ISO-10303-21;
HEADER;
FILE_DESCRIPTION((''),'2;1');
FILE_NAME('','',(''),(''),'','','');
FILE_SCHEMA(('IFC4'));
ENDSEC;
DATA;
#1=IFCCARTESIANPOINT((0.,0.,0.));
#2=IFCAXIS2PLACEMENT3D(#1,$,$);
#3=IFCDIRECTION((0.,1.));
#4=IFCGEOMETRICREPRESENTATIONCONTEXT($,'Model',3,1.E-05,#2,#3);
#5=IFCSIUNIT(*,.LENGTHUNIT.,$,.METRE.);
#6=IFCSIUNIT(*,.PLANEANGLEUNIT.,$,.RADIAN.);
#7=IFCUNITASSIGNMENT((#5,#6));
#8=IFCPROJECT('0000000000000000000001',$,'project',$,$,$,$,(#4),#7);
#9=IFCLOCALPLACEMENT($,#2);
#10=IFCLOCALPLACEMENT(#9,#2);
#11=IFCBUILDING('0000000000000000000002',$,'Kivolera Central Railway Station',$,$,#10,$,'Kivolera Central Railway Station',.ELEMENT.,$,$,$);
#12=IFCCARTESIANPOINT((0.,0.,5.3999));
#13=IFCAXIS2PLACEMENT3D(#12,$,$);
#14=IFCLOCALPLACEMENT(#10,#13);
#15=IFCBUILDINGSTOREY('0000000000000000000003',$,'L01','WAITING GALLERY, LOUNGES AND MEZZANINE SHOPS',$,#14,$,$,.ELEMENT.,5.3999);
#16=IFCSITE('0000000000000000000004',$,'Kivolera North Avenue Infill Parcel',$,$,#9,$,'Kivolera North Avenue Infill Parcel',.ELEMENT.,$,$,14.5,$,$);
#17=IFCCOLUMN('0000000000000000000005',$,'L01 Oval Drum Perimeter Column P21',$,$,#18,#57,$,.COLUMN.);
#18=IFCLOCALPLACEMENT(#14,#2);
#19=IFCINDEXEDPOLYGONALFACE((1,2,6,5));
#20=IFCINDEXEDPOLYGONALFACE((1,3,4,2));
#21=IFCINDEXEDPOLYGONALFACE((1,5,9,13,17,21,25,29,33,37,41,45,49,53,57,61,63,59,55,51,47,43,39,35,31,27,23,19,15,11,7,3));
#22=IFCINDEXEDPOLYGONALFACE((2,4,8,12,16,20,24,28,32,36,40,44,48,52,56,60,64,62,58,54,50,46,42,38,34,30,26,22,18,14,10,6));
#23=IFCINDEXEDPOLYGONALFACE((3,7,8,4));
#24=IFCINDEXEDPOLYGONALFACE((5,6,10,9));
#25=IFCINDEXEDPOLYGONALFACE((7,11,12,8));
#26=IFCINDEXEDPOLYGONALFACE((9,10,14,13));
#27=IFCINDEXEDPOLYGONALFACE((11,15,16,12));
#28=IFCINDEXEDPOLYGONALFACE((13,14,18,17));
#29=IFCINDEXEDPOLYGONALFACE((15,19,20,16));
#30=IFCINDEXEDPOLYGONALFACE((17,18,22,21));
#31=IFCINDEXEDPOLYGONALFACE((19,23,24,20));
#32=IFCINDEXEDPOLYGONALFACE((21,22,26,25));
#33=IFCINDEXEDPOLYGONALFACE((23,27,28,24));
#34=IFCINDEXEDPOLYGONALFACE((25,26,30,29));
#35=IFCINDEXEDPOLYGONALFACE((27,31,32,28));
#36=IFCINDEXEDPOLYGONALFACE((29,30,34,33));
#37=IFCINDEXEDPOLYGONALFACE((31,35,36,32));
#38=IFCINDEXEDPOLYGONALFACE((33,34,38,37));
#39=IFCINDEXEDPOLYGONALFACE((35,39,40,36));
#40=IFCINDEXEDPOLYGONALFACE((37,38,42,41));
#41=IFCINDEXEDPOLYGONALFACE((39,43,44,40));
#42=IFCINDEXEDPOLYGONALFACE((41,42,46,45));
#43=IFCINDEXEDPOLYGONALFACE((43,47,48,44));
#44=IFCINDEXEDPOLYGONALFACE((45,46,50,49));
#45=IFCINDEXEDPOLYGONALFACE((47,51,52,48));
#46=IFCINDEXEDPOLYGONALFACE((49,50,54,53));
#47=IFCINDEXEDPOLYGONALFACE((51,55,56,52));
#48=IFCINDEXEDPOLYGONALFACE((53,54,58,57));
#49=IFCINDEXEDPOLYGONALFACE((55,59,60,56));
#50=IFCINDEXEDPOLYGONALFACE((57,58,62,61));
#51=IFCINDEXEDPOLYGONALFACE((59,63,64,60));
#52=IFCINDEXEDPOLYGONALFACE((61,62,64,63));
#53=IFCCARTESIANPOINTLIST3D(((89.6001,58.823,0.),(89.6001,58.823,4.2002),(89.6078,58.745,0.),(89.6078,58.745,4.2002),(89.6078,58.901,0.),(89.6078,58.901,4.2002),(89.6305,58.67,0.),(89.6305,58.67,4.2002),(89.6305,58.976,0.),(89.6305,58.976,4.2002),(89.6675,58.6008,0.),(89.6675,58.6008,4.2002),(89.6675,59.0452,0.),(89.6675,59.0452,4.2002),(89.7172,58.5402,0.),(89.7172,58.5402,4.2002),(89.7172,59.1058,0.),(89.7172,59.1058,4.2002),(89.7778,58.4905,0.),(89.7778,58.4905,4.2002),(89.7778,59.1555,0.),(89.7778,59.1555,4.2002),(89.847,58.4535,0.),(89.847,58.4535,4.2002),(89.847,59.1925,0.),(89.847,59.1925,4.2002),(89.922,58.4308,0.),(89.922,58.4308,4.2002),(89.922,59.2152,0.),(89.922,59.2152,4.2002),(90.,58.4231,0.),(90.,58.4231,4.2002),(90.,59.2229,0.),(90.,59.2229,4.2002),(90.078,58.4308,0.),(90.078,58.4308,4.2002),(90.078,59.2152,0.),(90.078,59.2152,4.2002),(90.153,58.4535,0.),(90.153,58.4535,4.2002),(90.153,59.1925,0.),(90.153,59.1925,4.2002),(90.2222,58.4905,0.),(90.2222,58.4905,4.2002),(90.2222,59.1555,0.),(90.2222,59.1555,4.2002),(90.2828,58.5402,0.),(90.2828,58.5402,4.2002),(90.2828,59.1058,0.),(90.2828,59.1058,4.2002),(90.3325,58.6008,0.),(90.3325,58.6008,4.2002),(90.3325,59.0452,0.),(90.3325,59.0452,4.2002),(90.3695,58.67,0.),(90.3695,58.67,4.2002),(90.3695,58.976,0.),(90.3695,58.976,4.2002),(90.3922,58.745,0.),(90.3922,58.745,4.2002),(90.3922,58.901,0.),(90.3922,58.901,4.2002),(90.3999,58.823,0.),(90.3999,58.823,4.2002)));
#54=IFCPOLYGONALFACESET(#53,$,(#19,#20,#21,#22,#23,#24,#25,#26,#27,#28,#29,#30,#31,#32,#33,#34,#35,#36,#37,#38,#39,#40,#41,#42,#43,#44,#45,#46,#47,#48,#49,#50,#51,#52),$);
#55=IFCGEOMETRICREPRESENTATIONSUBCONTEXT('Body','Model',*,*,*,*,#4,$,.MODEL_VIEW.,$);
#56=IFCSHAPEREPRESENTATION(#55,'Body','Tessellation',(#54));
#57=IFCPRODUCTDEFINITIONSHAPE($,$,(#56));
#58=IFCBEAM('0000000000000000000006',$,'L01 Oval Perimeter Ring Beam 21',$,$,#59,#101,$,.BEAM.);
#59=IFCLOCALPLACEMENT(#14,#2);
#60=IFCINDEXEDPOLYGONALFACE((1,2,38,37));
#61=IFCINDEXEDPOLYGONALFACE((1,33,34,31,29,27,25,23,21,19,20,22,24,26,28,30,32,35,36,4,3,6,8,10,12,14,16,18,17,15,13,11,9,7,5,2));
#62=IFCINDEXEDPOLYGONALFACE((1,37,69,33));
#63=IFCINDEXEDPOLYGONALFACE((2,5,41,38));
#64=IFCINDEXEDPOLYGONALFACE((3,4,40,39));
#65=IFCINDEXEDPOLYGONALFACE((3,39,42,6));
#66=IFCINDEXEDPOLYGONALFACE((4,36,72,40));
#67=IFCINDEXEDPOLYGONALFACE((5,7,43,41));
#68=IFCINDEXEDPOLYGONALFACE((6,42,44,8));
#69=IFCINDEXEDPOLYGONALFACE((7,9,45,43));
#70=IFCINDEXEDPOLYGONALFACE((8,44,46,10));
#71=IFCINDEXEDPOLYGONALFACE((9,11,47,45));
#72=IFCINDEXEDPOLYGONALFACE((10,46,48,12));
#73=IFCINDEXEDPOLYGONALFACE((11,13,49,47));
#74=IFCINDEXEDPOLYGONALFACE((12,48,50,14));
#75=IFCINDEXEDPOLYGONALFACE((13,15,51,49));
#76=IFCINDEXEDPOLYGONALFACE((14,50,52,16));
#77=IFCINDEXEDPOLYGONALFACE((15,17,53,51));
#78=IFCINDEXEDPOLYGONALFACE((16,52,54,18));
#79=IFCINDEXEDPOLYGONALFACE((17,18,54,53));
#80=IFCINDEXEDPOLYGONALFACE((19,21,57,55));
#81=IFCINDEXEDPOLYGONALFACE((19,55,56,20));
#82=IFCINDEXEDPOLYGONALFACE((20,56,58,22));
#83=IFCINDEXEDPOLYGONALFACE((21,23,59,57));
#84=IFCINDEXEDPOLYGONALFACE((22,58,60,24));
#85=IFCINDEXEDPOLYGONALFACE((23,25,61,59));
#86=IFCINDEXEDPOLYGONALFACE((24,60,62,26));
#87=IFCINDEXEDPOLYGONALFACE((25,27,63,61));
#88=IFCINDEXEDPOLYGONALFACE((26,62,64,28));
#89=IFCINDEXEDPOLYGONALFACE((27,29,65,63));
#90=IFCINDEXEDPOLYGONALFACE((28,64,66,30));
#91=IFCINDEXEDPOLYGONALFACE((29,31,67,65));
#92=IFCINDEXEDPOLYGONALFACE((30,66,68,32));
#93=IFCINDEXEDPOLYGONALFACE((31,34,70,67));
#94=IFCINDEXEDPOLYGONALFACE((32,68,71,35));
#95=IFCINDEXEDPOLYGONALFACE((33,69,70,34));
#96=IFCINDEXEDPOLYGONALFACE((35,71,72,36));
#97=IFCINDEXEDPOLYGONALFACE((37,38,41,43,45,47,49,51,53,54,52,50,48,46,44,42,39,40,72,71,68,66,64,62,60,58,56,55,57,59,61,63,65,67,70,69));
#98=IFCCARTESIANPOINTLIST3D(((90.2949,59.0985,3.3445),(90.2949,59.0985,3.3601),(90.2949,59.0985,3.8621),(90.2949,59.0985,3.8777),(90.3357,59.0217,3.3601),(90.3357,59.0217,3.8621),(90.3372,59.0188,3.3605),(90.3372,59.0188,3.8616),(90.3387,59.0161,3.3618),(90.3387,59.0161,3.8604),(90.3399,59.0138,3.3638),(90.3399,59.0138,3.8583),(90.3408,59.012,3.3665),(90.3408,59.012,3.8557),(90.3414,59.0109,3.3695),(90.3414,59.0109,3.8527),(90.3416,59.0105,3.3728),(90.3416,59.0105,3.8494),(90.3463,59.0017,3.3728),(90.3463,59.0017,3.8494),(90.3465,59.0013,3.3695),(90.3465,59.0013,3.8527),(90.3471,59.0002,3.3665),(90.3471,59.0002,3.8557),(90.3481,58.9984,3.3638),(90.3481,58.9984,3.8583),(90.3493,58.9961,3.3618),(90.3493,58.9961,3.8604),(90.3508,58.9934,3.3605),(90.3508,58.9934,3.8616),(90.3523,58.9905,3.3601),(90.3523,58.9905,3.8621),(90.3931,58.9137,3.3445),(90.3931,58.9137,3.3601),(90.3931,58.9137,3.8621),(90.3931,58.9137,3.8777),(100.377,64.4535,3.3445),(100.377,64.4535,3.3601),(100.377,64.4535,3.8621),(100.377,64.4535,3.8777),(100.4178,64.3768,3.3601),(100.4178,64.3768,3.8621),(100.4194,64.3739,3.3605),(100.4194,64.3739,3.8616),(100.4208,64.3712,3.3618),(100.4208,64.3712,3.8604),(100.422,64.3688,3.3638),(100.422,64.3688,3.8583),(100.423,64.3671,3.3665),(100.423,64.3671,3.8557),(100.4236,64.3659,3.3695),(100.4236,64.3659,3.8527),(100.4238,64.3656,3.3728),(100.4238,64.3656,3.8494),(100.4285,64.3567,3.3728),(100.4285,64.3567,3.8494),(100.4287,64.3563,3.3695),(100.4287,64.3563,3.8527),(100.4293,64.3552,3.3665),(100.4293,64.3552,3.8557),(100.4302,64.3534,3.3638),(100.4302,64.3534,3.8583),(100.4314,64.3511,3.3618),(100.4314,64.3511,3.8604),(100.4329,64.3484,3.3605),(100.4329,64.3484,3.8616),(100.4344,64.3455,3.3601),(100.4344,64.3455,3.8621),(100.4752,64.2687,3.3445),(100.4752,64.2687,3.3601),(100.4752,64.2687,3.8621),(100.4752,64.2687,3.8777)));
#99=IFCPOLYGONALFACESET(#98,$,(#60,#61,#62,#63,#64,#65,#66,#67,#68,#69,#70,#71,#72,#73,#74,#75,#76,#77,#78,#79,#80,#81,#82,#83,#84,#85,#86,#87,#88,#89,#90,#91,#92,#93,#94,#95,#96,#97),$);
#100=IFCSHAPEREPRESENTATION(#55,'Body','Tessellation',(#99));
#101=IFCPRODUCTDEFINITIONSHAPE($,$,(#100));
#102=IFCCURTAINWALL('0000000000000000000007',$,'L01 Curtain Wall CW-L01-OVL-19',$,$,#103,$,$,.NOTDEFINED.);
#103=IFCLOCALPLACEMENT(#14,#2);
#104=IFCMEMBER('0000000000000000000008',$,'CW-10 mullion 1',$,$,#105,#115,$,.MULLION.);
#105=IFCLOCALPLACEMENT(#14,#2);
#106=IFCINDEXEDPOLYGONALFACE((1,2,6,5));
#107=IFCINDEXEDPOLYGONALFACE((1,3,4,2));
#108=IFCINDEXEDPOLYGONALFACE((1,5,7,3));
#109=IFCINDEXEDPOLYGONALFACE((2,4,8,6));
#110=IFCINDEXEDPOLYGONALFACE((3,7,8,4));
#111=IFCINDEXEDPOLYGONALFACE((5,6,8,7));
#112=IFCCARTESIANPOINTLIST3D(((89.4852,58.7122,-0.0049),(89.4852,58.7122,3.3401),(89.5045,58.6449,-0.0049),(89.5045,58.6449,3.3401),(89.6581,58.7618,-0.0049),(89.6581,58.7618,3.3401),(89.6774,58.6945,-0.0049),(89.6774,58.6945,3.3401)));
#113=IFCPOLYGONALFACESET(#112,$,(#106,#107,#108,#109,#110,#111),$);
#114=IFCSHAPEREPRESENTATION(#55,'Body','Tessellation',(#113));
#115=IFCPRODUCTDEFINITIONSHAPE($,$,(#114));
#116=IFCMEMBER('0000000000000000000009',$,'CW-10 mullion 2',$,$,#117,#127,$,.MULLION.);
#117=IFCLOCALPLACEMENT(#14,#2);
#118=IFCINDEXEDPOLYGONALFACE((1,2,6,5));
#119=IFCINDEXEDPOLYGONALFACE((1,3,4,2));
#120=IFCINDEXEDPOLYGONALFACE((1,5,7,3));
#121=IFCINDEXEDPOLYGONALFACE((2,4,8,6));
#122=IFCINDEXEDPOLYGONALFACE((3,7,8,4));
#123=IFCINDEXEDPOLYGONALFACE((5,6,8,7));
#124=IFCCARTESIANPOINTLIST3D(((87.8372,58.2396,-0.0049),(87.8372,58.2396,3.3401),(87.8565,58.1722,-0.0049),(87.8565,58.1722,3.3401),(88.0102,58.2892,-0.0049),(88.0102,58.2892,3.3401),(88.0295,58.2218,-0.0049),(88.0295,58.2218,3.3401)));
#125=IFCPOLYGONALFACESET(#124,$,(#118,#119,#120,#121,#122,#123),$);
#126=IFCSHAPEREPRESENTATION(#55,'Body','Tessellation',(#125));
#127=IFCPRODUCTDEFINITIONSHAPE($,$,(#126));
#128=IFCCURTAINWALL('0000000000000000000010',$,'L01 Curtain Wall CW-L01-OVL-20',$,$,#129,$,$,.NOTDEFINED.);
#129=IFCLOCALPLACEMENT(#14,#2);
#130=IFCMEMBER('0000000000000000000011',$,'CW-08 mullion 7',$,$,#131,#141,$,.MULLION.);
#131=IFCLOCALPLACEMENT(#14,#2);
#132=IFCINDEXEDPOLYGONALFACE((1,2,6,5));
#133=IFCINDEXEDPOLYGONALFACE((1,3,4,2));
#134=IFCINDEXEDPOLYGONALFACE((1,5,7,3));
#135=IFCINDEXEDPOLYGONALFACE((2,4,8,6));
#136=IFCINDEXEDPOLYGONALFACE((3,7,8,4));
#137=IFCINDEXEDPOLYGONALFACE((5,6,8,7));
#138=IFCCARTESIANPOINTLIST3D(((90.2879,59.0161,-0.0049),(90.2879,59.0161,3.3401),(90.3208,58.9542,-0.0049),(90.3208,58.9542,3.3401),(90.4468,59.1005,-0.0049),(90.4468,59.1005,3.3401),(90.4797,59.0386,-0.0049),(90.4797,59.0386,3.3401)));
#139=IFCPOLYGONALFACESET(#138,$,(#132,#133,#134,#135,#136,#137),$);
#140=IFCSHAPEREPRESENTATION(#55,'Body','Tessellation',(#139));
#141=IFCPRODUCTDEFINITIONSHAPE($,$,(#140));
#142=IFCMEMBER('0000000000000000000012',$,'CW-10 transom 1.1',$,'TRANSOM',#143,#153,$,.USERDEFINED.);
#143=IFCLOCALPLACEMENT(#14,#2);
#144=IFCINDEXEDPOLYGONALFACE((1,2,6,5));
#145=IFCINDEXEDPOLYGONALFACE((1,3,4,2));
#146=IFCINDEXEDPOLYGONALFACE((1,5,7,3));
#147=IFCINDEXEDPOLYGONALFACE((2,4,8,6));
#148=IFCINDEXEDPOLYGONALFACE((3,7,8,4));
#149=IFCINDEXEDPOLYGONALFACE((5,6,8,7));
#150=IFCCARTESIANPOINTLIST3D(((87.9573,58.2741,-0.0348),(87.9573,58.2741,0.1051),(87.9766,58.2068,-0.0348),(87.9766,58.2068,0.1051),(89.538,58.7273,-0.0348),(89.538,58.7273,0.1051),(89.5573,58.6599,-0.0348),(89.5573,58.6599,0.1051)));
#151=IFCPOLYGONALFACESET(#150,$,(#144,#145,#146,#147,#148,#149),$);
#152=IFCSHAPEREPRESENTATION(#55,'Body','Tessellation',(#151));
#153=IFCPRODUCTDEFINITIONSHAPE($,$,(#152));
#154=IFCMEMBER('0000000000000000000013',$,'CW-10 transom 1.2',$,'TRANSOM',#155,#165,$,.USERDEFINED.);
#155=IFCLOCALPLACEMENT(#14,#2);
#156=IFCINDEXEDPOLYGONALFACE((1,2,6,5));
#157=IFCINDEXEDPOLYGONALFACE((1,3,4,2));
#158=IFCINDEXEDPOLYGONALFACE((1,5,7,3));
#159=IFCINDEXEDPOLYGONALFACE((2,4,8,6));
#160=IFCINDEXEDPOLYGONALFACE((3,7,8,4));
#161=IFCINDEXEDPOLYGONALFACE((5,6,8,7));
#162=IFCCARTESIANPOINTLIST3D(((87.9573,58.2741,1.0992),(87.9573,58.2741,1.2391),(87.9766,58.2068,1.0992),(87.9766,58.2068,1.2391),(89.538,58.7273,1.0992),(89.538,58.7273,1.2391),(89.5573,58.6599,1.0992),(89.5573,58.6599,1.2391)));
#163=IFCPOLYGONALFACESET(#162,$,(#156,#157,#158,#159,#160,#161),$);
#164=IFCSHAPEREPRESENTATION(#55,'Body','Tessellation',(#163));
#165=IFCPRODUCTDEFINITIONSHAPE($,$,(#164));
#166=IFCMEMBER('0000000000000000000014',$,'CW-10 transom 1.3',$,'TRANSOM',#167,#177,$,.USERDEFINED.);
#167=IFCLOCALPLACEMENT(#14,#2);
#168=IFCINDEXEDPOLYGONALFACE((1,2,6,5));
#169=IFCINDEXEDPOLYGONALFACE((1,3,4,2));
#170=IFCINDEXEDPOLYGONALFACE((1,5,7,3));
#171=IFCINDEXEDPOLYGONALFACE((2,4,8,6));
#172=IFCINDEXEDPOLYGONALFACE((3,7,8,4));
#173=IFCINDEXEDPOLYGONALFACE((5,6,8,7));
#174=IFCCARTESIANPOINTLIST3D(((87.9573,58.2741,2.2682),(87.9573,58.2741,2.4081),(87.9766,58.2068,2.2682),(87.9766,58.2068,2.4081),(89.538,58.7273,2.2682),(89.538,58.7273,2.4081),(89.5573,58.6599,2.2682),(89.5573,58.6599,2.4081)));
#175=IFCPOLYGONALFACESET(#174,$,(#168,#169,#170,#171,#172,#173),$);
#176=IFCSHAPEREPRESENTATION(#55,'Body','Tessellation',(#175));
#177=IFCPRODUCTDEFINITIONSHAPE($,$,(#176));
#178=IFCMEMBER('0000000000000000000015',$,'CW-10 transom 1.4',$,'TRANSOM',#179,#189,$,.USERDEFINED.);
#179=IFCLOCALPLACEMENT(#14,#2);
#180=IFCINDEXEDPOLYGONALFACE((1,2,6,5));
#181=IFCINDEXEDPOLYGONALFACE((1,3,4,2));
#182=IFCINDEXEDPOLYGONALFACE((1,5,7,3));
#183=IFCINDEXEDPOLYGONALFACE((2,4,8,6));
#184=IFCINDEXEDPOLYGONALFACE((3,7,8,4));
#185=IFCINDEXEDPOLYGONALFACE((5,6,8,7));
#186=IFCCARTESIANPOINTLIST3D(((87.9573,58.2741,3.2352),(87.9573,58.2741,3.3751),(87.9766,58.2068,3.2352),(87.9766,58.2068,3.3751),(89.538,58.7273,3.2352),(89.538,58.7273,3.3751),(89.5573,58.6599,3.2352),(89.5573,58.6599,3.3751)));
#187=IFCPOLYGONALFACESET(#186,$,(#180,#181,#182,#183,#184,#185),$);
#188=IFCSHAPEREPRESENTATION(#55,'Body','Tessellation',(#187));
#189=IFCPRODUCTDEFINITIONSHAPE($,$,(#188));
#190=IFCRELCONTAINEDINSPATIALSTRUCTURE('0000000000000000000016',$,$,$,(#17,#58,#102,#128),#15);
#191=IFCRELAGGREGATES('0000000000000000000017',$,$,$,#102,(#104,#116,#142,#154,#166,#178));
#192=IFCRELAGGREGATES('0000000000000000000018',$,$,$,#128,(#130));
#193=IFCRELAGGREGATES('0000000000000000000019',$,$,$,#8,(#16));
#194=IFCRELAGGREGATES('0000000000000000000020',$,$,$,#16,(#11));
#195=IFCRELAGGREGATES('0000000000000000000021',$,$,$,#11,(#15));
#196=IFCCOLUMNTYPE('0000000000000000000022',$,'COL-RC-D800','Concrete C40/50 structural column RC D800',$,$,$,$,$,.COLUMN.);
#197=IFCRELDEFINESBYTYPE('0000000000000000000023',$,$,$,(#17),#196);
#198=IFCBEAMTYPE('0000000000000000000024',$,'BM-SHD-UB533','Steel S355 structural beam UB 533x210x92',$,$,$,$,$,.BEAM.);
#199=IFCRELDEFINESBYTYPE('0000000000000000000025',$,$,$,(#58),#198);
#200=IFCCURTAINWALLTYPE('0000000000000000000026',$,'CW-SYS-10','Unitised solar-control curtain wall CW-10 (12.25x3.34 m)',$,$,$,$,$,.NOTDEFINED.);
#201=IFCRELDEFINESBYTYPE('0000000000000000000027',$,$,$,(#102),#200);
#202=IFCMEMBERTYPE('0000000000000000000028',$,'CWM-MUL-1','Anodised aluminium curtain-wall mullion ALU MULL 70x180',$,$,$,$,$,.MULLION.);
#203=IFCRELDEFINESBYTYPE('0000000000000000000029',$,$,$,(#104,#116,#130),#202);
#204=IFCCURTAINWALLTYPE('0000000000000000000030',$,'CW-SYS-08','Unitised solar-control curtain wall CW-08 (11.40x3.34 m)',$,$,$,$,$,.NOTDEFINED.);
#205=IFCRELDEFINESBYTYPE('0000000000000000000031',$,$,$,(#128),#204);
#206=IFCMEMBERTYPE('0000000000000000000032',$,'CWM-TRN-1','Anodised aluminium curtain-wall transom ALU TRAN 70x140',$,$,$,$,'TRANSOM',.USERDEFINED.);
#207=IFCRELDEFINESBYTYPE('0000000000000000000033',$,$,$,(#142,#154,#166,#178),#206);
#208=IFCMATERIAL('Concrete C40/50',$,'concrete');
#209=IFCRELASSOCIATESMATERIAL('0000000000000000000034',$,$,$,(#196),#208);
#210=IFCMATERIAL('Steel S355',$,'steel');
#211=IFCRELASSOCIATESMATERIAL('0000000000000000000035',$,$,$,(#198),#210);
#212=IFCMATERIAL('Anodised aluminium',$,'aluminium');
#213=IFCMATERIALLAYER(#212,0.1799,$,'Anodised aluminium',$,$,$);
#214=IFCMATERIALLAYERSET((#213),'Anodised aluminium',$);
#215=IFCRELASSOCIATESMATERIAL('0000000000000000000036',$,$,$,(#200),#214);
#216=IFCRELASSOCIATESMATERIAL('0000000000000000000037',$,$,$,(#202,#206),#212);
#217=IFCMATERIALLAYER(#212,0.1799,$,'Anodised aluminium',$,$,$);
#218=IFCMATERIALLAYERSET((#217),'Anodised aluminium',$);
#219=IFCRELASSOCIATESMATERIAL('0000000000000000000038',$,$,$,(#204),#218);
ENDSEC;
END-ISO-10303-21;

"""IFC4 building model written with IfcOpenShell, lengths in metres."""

from ifc_helpers import new_model, si_unit, direction, frame, origin, origin_2d, place, context, subcontext, project, spatial, rectangle, circle, i_section, extrude, material, layer, layer_set, material_profile, profile_set, type_object, element, aggregate, save


model = new_model("IFC4")

# Units and contexts
model_context = context("Model", 3, precision=1e-05, world=origin(), true_north=direction((0.0, 1.0)))
body_context = subcontext(model_context, "Body", "Model", "MODEL_VIEW")
ifc_project = project(units=[si_unit("LENGTHUNIT", "METRE"), si_unit("PLANEANGLEUNIT", "RADIAN")], contexts=[model_context])

# Site, building, storey
site_placement = place(None, origin())
site = spatial("IfcSite", under=ifc_project, at=site_placement, Name="Kivolera North Avenue Infill Parcel", LongName="Kivolera North Avenue Infill Parcel", CompositionType="ELEMENT", RefElevation=14.5)
building_placement = place(site_placement, origin())
building = spatial("IfcBuilding", under=site, at=building_placement, Name="Kivolera Central Railway Station", LongName="Kivolera Central Railway Station", CompositionType="ELEMENT")
storey_placement = place(building_placement, frame((0.0, 0.0, 5.3999)))
storey = spatial("IfcBuildingStorey", under=building, at=storey_placement, Name="L01", Description="WAITING GALLERY, LOUNGES AND MEZZANINE SHOPS", CompositionType="ELEMENT", Elevation=5.3999)

# Column
ifc_material_1 = material(Name="Concrete C40/50", Category="concrete")
ifc_material_profile_1 = material_profile(ifc_material_1, circle(Radius=0.3999, at=origin_2d()), Name="RC D800")
ifc_profile_set_1 = profile_set([ifc_material_profile_1], Name="Concrete C40/50")
column_type = type_object("IfcColumnType", Name="COL-RC-D800", Description="Concrete C40/50 structural column RC D800", PredefinedType="COLUMN", material=ifc_profile_set_1)
column_placement = place(storey_placement, frame((90.0, 58.823, 0.0), z_axis=(0.0, 0.0, 1.0), x_axis=(1.0, 0.0, 0.0)))
element("IfcColumn", 1, at=column_placement, inside=storey, type_object=column_type, Name="L01 Oval Drum Perimeter Column P21", PredefinedType="COLUMN", context=body_context, shape_type="SweptSolid", body=[
    extrude(circle(Radius=0.3999, at=origin_2d()), origin(), (0.0, 0.0, 1.0), 4.2002),
])

# Beam
ifc_material_2 = material(Name="Steel S355", Category="steel")
ifc_material_profile_2 = material_profile(ifc_material_2, i_section(OverallWidth=0.2092, OverallDepth=0.5332, WebThickness=0.01, FlangeThickness=0.0156, FilletRadius=0.0127, at=origin_2d()), Name="UB 533x210x92")
ifc_profile_set_2 = profile_set([ifc_material_profile_2], Name="Steel S355")
beam_type = type_object("IfcBeamType", Name="BM-SHD-UB533", Description="Steel S355 structural beam UB 533x210x92", PredefinedType="BEAM", material=ifc_profile_set_2)
beam_placement = place(storey_placement, frame((90.344, 59.0061, 3.6111), z_axis=(0.883156, 0.46908, 0.0), x_axis=(-0.46908, 0.883156, 0.0)))
element("IfcBeam", 2, at=beam_placement, inside=storey, type_object=beam_type, Name="L01 Oval Perimeter Ring Beam 21", PredefinedType="BEAM", context=body_context, shape_type="SweptSolid", body=[
    extrude(i_section(OverallWidth=0.2092, OverallDepth=0.5332, WebThickness=0.01, FlangeThickness=0.0156, FilletRadius=0.0127, at=origin_2d()), origin(), (0.0, 0.0, 1.0), 11.416),
])

# Curtain wall, members
ifc_material_3 = material(Name="Anodised aluminium", Category="aluminium")
ifc_layer_1 = layer(ifc_material_3, 0.1799, Name="Anodised aluminium")
ifc_layer_set_1 = layer_set([ifc_layer_1], Name="Anodised aluminium")
curtain_wall_type_1 = type_object("IfcCurtainWallType", Name="CW-SYS-10", Description="Unitised solar-control curtain wall CW-10 (12.25x3.34 m)", PredefinedType="NOTDEFINED", material=ifc_layer_set_1)
curtain_wall_1_placement = place(storey_placement, origin())
curtain_wall_1 = element("IfcCurtainWall", 3, at=curtain_wall_1_placement, inside=storey, type_object=curtain_wall_type_1, Name="L01 Curtain Wall CW-L01-OVL-19", PredefinedType="NOTDEFINED")
ifc_material_profile_3 = material_profile(ifc_material_3, rectangle(XDim=0.0701, YDim=0.1799, at=origin_2d()), Name="ALU MULL 70x180")
ifc_profile_set_3 = profile_set([ifc_material_profile_3], Name="Anodised aluminium")
member_type_1 = type_object("IfcMemberType", Name="CWM-MUL-1", Description="Anodised aluminium curtain-wall mullion ALU MULL 70x180", PredefinedType="MULLION", material=ifc_profile_set_3)
member_1_placement = place(storey_placement, frame((89.5813, 58.7034, -0.0049), z_axis=(0.0, 0.0, 1.0), x_axis=(0.275692, -0.961246, 0.0)))
member_1 = element("IfcMember", 4, at=member_1_placement, type_object=member_type_1, Name="CW-10 mullion 1", PredefinedType="MULLION", context=body_context, shape_type="SweptSolid", body=[
    extrude(rectangle(XDim=0.0701, YDim=0.1799, at=origin_2d()), origin(), (0.0, 0.0, 1.0), 3.345),
])
member_2_placement = place(storey_placement, frame((87.9333, 58.2307, -0.0049), z_axis=(0.0, 0.0, 1.0), x_axis=(0.275692, -0.961246, 0.0)))
member_2 = element("IfcMember", 5, at=member_2_placement, type_object=member_type_1, Name="CW-10 mullion 2", PredefinedType="MULLION", context=body_context, shape_type="SweptSolid", body=[
    extrude(rectangle(XDim=0.0701, YDim=0.1799, at=origin_2d()), origin(), (0.0, 0.0, 1.0), 3.345),
])

# Curtain wall, member
ifc_layer_2 = layer(ifc_material_3, 0.1799, Name="Anodised aluminium")
ifc_layer_set_2 = layer_set([ifc_layer_2], Name="Anodised aluminium")
curtain_wall_type_2 = type_object("IfcCurtainWallType", Name="CW-SYS-08", Description="Unitised solar-control curtain wall CW-08 (11.40x3.34 m)", PredefinedType="NOTDEFINED", material=ifc_layer_set_2)
curtain_wall_2_placement = place(storey_placement, origin())
curtain_wall_2 = element("IfcCurtainWall", 6, at=curtain_wall_2_placement, inside=storey, type_object=curtain_wall_type_2, Name="L01 Curtain Wall CW-L01-OVL-20", PredefinedType="NOTDEFINED")
member_3_placement = place(storey_placement, frame((90.3838, 59.0273, -0.0049), z_axis=(0.0, 0.0, 1.0), x_axis=(0.469053, -0.88317, 0.0)))
member_3 = element("IfcMember", 7, at=member_3_placement, type_object=member_type_1, Name="CW-08 mullion 7", PredefinedType="MULLION", context=body_context, shape_type="SweptSolid", body=[
    extrude(rectangle(XDim=0.0701, YDim=0.1799, at=origin_2d()), origin(), (0.0, 0.0, 1.0), 3.345),
])

# Members
ifc_material_profile_4 = material_profile(ifc_material_3, rectangle(XDim=0.0701, YDim=0.1399, at=origin_2d()), Name="ALU TRAN 70x140")
ifc_profile_set_4 = profile_set([ifc_material_profile_4], Name="Anodised aluminium")
member_type_2 = type_object("IfcMemberType", Name="CWM-TRN-1", Description="Anodised aluminium curtain-wall transom ALU TRAN 70x140", ElementType="TRANSOM", PredefinedType="USERDEFINED", material=ifc_profile_set_4)
member_4_placement = place(storey_placement, frame((89.5476, 58.6936, 0.0352), z_axis=(-0.961277, -0.275584, 0.0), x_axis=(0.275584, -0.961277, 0.0)))
member_4 = element("IfcMember", 8, at=member_4_placement, type_object=member_type_2, Name="CW-10 transom 1.1", ObjectType="TRANSOM", PredefinedType="USERDEFINED", context=body_context, shape_type="SweptSolid", body=[
    extrude(rectangle(XDim=0.0701, YDim=0.1399, at=origin_2d()), origin(), (0.0, 0.0, 1.0), 1.6443),
])
member_5_placement = place(storey_placement, frame((89.5476, 58.6936, 1.1692), z_axis=(-0.961277, -0.275584, 0.0), x_axis=(0.275584, -0.961277, 0.0)))
member_5 = element("IfcMember", 9, at=member_5_placement, type_object=member_type_2, Name="CW-10 transom 1.2", ObjectType="TRANSOM", PredefinedType="USERDEFINED", context=body_context, shape_type="SweptSolid", body=[
    extrude(rectangle(XDim=0.0701, YDim=0.1399, at=origin_2d()), origin(), (0.0, 0.0, 1.0), 1.6443),
])
member_6_placement = place(storey_placement, frame((89.5476, 58.6936, 2.3381), z_axis=(-0.961277, -0.275584, 0.0), x_axis=(0.275584, -0.961277, 0.0)))
member_6 = element("IfcMember", 10, at=member_6_placement, type_object=member_type_2, Name="CW-10 transom 1.3", ObjectType="TRANSOM", PredefinedType="USERDEFINED", context=body_context, shape_type="SweptSolid", body=[
    extrude(rectangle(XDim=0.0701, YDim=0.1399, at=origin_2d()), origin(), (0.0, 0.0, 1.0), 1.6443),
])
member_7_placement = place(storey_placement, frame((89.5476, 58.6936, 3.3052), z_axis=(-0.961277, -0.275584, 0.0), x_axis=(0.275584, -0.961277, 0.0)))
member_7 = element("IfcMember", 11, at=member_7_placement, type_object=member_type_2, Name="CW-10 transom 1.4", ObjectType="TRANSOM", PredefinedType="USERDEFINED", context=body_context, shape_type="SweptSolid", body=[
    extrude(rectangle(XDim=0.0701, YDim=0.1399, at=origin_2d()), origin(), (0.0, 0.0, 1.0), 1.6443),
])

aggregate(curtain_wall_1, [member_1, member_2, member_4, member_5, member_6, member_7])
aggregate(curtain_wall_2, [member_3])

save(model, "model.ifc")
